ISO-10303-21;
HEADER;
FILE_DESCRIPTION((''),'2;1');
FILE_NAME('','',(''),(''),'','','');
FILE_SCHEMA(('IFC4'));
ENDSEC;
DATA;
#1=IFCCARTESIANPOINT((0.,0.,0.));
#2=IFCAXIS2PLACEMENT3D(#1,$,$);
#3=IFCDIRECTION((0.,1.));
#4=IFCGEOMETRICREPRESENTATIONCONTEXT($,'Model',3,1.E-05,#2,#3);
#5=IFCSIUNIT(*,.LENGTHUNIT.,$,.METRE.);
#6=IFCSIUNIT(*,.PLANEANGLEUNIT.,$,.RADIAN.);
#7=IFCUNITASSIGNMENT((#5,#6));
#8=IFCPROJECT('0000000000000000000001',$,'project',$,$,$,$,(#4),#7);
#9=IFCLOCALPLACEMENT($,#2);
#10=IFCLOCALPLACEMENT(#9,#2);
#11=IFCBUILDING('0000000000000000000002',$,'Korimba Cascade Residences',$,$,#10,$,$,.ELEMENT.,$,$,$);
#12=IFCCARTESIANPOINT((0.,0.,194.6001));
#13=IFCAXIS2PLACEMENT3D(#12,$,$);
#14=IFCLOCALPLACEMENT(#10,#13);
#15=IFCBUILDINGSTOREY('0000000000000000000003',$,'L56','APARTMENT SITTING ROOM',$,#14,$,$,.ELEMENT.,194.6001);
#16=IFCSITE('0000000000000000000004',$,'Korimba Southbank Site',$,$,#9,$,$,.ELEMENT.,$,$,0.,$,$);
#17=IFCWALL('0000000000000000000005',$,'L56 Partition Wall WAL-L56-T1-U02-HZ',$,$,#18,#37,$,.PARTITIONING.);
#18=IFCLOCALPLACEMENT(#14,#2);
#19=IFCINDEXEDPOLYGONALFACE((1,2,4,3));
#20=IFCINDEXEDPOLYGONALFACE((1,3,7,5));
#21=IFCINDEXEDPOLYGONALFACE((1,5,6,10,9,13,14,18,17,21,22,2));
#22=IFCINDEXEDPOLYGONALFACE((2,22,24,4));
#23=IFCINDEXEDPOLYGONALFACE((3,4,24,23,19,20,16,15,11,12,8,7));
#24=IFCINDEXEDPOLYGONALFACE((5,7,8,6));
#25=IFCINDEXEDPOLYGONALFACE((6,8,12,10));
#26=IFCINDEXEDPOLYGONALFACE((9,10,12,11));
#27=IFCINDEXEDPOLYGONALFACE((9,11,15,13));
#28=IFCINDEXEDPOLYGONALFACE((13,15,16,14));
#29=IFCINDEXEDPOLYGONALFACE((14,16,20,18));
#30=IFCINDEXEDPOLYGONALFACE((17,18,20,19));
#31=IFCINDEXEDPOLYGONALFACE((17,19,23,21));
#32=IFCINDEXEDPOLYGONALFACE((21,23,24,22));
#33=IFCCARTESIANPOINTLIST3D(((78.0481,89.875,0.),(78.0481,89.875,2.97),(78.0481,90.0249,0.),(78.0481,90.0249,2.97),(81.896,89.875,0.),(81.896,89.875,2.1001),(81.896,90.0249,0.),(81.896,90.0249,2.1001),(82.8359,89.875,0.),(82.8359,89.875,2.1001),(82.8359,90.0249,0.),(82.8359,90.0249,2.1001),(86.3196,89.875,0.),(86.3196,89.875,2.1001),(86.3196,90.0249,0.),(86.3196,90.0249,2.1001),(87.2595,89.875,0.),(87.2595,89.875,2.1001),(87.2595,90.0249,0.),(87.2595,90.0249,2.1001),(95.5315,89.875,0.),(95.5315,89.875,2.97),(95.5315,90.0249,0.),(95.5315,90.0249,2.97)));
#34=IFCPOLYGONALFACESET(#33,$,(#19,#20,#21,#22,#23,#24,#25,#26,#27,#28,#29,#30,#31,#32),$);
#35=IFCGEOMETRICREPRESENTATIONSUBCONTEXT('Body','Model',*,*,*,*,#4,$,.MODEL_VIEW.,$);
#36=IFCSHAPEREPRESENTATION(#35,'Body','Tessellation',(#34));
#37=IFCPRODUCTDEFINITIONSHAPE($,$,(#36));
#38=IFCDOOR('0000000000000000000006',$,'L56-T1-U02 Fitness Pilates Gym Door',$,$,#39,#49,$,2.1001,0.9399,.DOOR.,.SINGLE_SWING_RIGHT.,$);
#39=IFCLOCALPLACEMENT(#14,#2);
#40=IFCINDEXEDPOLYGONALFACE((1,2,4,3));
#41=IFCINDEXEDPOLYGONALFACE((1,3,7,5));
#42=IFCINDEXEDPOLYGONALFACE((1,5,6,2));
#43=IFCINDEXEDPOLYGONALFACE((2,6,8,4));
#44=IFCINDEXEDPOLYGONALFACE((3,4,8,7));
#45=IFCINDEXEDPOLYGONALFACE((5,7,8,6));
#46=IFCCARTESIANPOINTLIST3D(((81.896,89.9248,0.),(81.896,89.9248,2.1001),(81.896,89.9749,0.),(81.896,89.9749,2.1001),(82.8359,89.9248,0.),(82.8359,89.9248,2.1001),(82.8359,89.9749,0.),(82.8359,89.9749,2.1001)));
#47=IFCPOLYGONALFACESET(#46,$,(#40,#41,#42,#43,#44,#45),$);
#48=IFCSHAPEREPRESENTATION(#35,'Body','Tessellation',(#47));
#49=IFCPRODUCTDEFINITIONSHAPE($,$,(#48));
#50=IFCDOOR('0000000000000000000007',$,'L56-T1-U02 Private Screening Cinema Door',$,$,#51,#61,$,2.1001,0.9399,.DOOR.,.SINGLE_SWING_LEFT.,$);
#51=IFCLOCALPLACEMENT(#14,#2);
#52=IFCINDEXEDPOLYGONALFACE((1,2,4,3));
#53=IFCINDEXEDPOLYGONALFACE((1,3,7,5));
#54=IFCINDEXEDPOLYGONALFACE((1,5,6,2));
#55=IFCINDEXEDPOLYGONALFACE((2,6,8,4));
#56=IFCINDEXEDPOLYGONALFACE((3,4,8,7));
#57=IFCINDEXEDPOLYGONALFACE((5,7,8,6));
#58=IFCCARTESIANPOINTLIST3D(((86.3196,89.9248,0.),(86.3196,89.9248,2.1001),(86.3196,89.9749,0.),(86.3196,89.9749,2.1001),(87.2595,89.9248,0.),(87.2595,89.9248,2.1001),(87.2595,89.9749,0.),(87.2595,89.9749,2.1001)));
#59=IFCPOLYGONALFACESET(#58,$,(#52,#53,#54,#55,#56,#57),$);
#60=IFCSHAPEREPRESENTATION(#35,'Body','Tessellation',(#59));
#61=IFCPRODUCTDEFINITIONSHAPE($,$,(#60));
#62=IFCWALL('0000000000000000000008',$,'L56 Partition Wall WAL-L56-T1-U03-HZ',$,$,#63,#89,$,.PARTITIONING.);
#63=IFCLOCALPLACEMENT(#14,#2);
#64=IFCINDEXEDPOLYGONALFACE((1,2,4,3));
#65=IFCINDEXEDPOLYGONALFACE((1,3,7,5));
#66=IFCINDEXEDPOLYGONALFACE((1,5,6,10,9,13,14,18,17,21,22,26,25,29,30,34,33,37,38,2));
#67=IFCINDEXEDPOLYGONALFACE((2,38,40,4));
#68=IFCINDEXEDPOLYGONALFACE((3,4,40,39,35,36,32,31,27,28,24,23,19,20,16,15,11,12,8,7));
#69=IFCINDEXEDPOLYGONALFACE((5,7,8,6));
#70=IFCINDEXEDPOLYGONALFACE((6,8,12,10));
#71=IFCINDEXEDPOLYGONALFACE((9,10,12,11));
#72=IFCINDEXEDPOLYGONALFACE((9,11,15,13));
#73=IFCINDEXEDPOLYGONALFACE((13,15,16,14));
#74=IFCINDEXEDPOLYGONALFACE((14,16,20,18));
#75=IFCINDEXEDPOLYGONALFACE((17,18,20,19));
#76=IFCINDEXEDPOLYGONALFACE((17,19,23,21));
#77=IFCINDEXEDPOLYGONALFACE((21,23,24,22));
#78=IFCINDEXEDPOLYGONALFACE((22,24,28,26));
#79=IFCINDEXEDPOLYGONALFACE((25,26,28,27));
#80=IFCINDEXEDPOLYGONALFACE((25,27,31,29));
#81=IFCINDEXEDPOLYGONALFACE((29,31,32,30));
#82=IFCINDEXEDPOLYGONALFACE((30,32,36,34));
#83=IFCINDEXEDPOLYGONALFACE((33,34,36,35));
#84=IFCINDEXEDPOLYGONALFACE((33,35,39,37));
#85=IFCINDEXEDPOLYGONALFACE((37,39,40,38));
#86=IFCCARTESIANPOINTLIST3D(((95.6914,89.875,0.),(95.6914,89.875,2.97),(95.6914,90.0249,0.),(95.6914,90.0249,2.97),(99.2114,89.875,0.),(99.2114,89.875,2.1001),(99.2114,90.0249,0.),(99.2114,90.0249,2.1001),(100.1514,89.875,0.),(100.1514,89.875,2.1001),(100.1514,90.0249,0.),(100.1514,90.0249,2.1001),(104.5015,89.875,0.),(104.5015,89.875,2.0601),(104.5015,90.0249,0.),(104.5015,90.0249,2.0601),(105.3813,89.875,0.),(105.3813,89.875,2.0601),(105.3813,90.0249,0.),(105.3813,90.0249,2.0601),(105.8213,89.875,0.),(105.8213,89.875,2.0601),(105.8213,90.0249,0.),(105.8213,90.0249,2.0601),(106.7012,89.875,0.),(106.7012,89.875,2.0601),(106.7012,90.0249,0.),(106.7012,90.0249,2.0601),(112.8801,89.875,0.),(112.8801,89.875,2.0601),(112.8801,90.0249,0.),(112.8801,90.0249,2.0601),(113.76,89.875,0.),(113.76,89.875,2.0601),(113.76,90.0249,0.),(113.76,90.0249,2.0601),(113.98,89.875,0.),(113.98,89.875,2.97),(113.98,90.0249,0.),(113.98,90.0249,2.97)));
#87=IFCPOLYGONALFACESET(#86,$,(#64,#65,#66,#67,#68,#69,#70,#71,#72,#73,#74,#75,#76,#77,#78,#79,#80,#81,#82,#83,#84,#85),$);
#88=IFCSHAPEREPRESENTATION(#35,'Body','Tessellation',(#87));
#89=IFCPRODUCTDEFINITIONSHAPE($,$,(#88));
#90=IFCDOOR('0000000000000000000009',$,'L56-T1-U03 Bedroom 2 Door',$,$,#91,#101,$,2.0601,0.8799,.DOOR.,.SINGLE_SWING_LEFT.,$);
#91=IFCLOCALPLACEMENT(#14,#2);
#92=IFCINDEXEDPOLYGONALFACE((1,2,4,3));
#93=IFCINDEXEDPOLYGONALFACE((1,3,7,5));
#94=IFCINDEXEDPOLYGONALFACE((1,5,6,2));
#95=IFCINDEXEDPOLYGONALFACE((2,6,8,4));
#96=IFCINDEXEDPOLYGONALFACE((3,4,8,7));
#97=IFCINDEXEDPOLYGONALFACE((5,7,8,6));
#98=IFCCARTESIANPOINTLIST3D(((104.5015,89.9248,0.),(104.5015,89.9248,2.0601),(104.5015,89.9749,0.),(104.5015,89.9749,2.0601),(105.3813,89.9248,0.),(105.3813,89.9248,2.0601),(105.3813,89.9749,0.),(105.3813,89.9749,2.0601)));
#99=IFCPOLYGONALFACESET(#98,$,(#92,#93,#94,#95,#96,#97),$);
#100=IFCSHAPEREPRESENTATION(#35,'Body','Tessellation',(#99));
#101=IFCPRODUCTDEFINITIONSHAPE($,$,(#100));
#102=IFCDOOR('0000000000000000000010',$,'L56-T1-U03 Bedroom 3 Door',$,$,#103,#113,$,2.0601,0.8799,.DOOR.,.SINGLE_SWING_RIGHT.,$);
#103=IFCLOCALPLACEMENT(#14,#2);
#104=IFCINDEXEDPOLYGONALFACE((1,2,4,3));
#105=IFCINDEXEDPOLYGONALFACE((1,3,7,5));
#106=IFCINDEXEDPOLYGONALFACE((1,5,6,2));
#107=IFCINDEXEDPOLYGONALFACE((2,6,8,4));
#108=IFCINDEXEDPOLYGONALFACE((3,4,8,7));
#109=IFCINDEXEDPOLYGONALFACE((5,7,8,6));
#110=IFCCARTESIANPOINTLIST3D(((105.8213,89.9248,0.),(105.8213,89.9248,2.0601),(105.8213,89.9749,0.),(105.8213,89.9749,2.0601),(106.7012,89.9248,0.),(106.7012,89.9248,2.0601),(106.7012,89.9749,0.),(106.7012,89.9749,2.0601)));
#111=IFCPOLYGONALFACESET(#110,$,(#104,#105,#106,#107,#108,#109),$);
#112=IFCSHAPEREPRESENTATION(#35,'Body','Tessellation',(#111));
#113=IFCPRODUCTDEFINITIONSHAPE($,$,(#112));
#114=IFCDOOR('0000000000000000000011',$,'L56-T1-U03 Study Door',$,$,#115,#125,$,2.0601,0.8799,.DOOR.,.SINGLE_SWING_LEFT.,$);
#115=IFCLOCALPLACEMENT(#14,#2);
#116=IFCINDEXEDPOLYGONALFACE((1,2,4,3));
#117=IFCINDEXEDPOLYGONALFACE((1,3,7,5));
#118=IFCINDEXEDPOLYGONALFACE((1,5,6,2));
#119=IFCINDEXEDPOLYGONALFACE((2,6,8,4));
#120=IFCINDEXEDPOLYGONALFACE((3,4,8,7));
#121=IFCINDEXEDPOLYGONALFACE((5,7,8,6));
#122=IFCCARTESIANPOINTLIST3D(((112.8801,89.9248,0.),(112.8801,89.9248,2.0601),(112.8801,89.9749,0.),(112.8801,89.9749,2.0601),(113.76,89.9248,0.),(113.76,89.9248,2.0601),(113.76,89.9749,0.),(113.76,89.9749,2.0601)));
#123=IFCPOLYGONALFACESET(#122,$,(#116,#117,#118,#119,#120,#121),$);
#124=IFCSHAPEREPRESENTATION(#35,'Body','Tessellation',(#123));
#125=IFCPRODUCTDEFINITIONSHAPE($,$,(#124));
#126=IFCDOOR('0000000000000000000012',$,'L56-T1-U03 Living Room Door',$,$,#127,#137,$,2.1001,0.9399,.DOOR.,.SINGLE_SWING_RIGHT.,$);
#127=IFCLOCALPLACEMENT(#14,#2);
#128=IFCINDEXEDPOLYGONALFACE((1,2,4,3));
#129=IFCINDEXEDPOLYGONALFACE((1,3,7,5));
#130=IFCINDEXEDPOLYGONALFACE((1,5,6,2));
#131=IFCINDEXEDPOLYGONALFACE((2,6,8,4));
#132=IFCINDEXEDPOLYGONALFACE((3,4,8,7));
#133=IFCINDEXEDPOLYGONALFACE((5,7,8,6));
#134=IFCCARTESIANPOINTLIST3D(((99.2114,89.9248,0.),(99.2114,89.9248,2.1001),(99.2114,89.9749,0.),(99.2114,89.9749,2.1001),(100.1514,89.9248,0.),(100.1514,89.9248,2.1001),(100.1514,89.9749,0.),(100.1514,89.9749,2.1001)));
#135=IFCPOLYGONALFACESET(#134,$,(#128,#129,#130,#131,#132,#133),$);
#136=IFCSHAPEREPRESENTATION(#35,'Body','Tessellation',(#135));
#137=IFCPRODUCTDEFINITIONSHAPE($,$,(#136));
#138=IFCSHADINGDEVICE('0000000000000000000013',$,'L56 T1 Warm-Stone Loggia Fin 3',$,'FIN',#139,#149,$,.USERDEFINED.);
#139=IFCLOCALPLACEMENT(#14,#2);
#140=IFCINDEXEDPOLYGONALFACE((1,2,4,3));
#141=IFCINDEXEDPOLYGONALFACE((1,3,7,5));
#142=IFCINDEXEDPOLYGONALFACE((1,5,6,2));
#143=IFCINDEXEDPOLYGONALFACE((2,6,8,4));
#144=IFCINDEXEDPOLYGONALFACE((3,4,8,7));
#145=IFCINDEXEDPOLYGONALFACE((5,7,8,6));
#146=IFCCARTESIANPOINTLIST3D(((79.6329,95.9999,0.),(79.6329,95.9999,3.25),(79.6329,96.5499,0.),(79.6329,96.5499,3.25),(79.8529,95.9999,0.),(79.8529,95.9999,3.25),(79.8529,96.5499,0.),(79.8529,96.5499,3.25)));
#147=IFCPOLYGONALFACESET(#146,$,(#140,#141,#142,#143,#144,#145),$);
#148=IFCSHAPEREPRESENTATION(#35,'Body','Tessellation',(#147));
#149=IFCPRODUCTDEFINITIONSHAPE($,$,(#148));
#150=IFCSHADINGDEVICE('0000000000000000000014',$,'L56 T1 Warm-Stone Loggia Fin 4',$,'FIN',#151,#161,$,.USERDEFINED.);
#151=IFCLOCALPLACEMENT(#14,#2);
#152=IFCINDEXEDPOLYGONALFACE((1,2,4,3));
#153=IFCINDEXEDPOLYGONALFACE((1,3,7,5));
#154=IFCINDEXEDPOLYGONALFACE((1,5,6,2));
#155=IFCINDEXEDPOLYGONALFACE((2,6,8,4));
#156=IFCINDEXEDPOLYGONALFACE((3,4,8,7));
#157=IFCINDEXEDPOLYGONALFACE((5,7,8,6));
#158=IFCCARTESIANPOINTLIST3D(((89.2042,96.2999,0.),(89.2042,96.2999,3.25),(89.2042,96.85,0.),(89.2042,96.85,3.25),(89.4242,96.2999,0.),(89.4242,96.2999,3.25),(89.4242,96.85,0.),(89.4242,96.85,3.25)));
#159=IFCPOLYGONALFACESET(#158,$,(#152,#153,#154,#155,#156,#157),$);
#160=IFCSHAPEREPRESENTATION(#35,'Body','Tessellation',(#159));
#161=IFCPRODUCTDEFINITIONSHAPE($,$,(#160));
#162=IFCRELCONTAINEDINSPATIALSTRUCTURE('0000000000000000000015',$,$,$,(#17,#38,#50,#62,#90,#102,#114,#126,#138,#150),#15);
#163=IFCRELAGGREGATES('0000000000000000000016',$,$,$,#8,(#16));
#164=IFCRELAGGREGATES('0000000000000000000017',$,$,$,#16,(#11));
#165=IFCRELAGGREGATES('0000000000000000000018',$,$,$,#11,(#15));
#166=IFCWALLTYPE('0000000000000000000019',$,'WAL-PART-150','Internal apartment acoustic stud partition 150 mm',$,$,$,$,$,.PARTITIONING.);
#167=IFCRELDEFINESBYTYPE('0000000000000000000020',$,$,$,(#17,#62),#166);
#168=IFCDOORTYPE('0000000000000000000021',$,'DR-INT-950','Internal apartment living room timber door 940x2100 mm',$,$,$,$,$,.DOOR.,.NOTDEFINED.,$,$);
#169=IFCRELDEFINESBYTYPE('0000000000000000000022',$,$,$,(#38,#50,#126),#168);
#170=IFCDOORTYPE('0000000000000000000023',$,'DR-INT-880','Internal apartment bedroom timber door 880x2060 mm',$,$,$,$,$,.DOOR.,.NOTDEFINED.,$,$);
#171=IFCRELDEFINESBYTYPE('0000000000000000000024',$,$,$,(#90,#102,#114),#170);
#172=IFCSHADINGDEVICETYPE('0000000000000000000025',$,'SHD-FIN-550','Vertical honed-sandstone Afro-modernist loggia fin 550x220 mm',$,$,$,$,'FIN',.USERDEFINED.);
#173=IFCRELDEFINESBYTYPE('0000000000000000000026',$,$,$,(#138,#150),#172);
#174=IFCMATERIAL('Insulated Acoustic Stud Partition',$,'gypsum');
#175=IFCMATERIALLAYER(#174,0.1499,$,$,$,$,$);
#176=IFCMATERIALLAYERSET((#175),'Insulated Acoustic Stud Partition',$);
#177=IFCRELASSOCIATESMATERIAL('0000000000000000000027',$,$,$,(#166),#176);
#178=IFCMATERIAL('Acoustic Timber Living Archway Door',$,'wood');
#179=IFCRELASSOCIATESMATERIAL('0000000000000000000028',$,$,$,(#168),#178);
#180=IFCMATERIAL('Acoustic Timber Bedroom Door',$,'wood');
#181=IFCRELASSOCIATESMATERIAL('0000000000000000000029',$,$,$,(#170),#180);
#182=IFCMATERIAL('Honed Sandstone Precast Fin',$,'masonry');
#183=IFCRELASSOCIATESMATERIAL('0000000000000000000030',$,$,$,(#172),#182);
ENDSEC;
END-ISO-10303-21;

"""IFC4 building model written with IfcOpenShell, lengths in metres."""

from ifc_helpers import new_model, si_unit, direction, frame, frame_2d, origin, origin_2d, place, context, subcontext, project, spatial, rectangle, extrude, material, layer, layer_set, type_object, element, fill, save


model = new_model("IFC4")

# Units and contexts
model_context = context("Model", 3, precision=1e-05, world=origin(), true_north=direction((0.0, 1.0)))
body_context = subcontext(model_context, "Body", "Model", "MODEL_VIEW")
ifc_project = project(units=[si_unit("LENGTHUNIT", "METRE"), si_unit("PLANEANGLEUNIT", "RADIAN")], contexts=[model_context])

# Site, building, storey
site_placement = place(None, origin())
site = spatial("IfcSite", under=ifc_project, at=site_placement, Name="Korimba Southbank Site", CompositionType="ELEMENT", RefElevation=0.0)
building_placement = place(site_placement, origin())
building = spatial("IfcBuilding", under=site, at=building_placement, Name="Korimba Cascade Residences", CompositionType="ELEMENT")
storey_placement = place(building_placement, frame((0.0, 0.0, 194.6001)))
storey = spatial("IfcBuildingStorey", under=building, at=storey_placement, Name="L56", Description="APARTMENT SITTING ROOM", CompositionType="ELEMENT", Elevation=194.6001)

# Shared definitions
ifc_material_1 = material(Name="Insulated Acoustic Stud Partition", Category="gypsum")
ifc_layer = layer(ifc_material_1, 0.1499)
ifc_layer_set = layer_set([ifc_layer], Name="Insulated Acoustic Stud Partition")
wall_type = type_object("IfcWallType", Name="WAL-PART-150", Description="Internal apartment acoustic stud partition 150 mm", PredefinedType="PARTITIONING", material=ifc_layer_set)

# Walls, openings, doors
wall_1_placement = place(storey_placement, frame((78.0481, 89.95, 0.0), z_axis=(0.0, 0.0, 1.0), x_axis=(1.0, 0.0, 0.0)))
wall_1 = element("IfcWall", 1, at=wall_1_placement, inside=storey, type_object=wall_type, Name="L56 Partition Wall WAL-L56-T1-U02-HZ", PredefinedType="PARTITIONING", context=body_context, shape_type="SweptSolid", body=[
    extrude(rectangle(XDim=17.4834, YDim=0.1499, at=frame_2d((8.7417, 0.0))), origin(), (0.0, 0.0, 1.0), 2.97),
])
opening_1_placement = place(wall_1_placement, frame((3.8479, 0.0, 0.0)))
opening_1 = element("IfcOpeningElement", 2, at=opening_1_placement, cuts=wall_1, PredefinedType="OPENING", context=body_context, shape_type="SweptSolid", body=[
    extrude(rectangle(XDim=0.9399, YDim=2.1001, at=frame_2d((0.47, 1.05))), frame((0.0, 0.085, 0.0), z_axis=(0.0, -1.0, 0.0), x_axis=(1.0, 0.0, 0.0)), (0.0, 0.0, 1.0), 0.1699),
])
opening_2_placement = place(wall_1_placement, frame((8.2715, 0.0, 0.0)))
opening_2 = element("IfcOpeningElement", 3, at=opening_2_placement, cuts=wall_1, PredefinedType="OPENING", context=body_context, shape_type="SweptSolid", body=[
    extrude(rectangle(XDim=0.9399, YDim=2.1001, at=frame_2d((0.47, 1.05))), frame((0.0, 0.085, 0.0), z_axis=(0.0, -1.0, 0.0), x_axis=(1.0, 0.0, 0.0)), (0.0, 0.0, 1.0), 0.1699),
])
ifc_material_2 = material(Name="Acoustic Timber Living Archway Door", Category="wood")
door_type_1 = type_object("IfcDoorType", Name="DR-INT-950", Description="Internal apartment living room timber door 940x2100 mm", OperationType="NOTDEFINED", PredefinedType="DOOR", material=ifc_material_2)
door_1_placement = place(opening_1_placement, origin())
door_1 = element("IfcDoor", 4, at=door_1_placement, inside=storey, type_object=door_type_1, Name="L56-T1-U02 Fitness Pilates Gym Door", OperationType="SINGLE_SWING_RIGHT", OverallHeight=2.1001, OverallWidth=0.9399, PredefinedType="DOOR", context=body_context, shape_type="SweptSolid", body=[
    extrude(rectangle(XDim=0.9399, YDim=2.1001, at=frame_2d((0.47, 1.05))), frame((0.0, 0.0249, 0.0), z_axis=(0.0, -1.0, 0.0), x_axis=(1.0, 0.0, 0.0)), (0.0, 0.0, 1.0), 0.05),
])
fill(opening_1, door_1)
door_2_placement = place(opening_2_placement, origin())
door_2 = element("IfcDoor", 5, at=door_2_placement, inside=storey, type_object=door_type_1, Name="L56-T1-U02 Private Screening Cinema Door", OperationType="SINGLE_SWING_LEFT", OverallHeight=2.1001, OverallWidth=0.9399, PredefinedType="DOOR", context=body_context, shape_type="SweptSolid", body=[
    extrude(rectangle(XDim=0.9399, YDim=2.1001, at=frame_2d((0.47, 1.05))), frame((0.0, 0.0249, 0.0), z_axis=(0.0, -1.0, 0.0), x_axis=(1.0, 0.0, 0.0)), (0.0, 0.0, 1.0), 0.05),
])
fill(opening_2, door_2)
wall_2_placement = place(storey_placement, frame((95.6914, 89.95, 0.0), z_axis=(0.0, 0.0, 1.0), x_axis=(1.0, 0.0, 0.0)))
wall_2 = element("IfcWall", 6, at=wall_2_placement, inside=storey, type_object=wall_type, Name="L56 Partition Wall WAL-L56-T1-U03-HZ", PredefinedType="PARTITIONING", context=body_context, shape_type="SweptSolid", body=[
    extrude(rectangle(XDim=18.2886, YDim=0.1499, at=frame_2d((9.1443, 0.0))), origin(), (0.0, 0.0, 1.0), 2.97),
])
opening_3_placement = place(wall_2_placement, frame((3.52, 0.0, 0.0)))
opening_3 = element("IfcOpeningElement", 7, at=opening_3_placement, cuts=wall_2, PredefinedType="OPENING", context=body_context, shape_type="SweptSolid", body=[
    extrude(rectangle(XDim=0.9399, YDim=2.1001, at=frame_2d((0.47, 1.05))), frame((0.0, 0.085, 0.0), z_axis=(0.0, -1.0, 0.0), x_axis=(1.0, 0.0, 0.0)), (0.0, 0.0, 1.0), 0.1699),
])
opening_4_placement = place(wall_2_placement, frame((8.8101, 0.0, 0.0)))
opening_4 = element("IfcOpeningElement", 8, at=opening_4_placement, cuts=wall_2, PredefinedType="OPENING", context=body_context, shape_type="SweptSolid", body=[
    extrude(rectangle(XDim=0.8799, YDim=2.0601, at=frame_2d((0.4399, 1.03))), frame((0.0, 0.085, 0.0), z_axis=(0.0, -1.0, 0.0), x_axis=(1.0, 0.0, 0.0)), (0.0, 0.0, 1.0), 0.1699),
])
opening_5_placement = place(wall_2_placement, frame((10.1299, 0.0, 0.0)))
opening_5 = element("IfcOpeningElement", 9, at=opening_5_placement, cuts=wall_2, PredefinedType="OPENING", context=body_context, shape_type="SweptSolid", body=[
    extrude(rectangle(XDim=0.8799, YDim=2.0601, at=frame_2d((0.4399, 1.03))), frame((0.0, 0.085, 0.0), z_axis=(0.0, -1.0, 0.0), x_axis=(1.0, 0.0, 0.0)), (0.0, 0.0, 1.0), 0.1699),
])
opening_6_placement = place(wall_2_placement, frame((17.1887, 0.0, 0.0)))
opening_6 = element("IfcOpeningElement", 10, at=opening_6_placement, cuts=wall_2, PredefinedType="OPENING", context=body_context, shape_type="SweptSolid", body=[
    extrude(rectangle(XDim=0.8799, YDim=2.0601, at=frame_2d((0.4399, 1.03))), frame((0.0, 0.085, 0.0), z_axis=(0.0, -1.0, 0.0), x_axis=(1.0, 0.0, 0.0)), (0.0, 0.0, 1.0), 0.1699),
])
ifc_material_3 = material(Name="Acoustic Timber Bedroom Door", Category="wood")
door_type_2 = type_object("IfcDoorType", Name="DR-INT-880", Description="Internal apartment bedroom timber door 880x2060 mm", OperationType="NOTDEFINED", PredefinedType="DOOR", material=ifc_material_3)
door_3_placement = place(opening_4_placement, origin())
door_3 = element("IfcDoor", 11, at=door_3_placement, inside=storey, type_object=door_type_2, Name="L56-T1-U03 Bedroom 2 Door", OperationType="SINGLE_SWING_LEFT", OverallHeight=2.0601, OverallWidth=0.8799, PredefinedType="DOOR", context=body_context, shape_type="SweptSolid", body=[
    extrude(rectangle(XDim=0.8799, YDim=2.0601, at=frame_2d((0.4399, 1.03))), frame((0.0, 0.0249, 0.0), z_axis=(0.0, -1.0, 0.0), x_axis=(1.0, 0.0, 0.0)), (0.0, 0.0, 1.0), 0.05),
])
fill(opening_4, door_3)
door_4_placement = place(opening_5_placement, origin())
door_4 = element("IfcDoor", 12, at=door_4_placement, inside=storey, type_object=door_type_2, Name="L56-T1-U03 Bedroom 3 Door", OperationType="SINGLE_SWING_RIGHT", OverallHeight=2.0601, OverallWidth=0.8799, PredefinedType="DOOR", context=body_context, shape_type="SweptSolid", body=[
    extrude(rectangle(XDim=0.8799, YDim=2.0601, at=frame_2d((0.4399, 1.03))), frame((0.0, 0.0249, 0.0), z_axis=(0.0, -1.0, 0.0), x_axis=(1.0, 0.0, 0.0)), (0.0, 0.0, 1.0), 0.05),
])
fill(opening_5, door_4)
door_5_placement = place(opening_6_placement, origin())
door_5 = element("IfcDoor", 13, at=door_5_placement, inside=storey, type_object=door_type_2, Name="L56-T1-U03 Study Door", OperationType="SINGLE_SWING_LEFT", OverallHeight=2.0601, OverallWidth=0.8799, PredefinedType="DOOR", context=body_context, shape_type="SweptSolid", body=[
    extrude(rectangle(XDim=0.8799, YDim=2.0601, at=frame_2d((0.4399, 1.03))), frame((0.0, 0.0249, 0.0), z_axis=(0.0, -1.0, 0.0), x_axis=(1.0, 0.0, 0.0)), (0.0, 0.0, 1.0), 0.05),
])
fill(opening_6, door_5)
door_6_placement = place(opening_3_placement, origin())
door_6 = element("IfcDoor", 14, at=door_6_placement, inside=storey, type_object=door_type_1, Name="L56-T1-U03 Living Room Door", OperationType="SINGLE_SWING_RIGHT", OverallHeight=2.1001, OverallWidth=0.9399, PredefinedType="DOOR", context=body_context, shape_type="SweptSolid", body=[
    extrude(rectangle(XDim=0.9399, YDim=2.1001, at=frame_2d((0.47, 1.05))), frame((0.0, 0.0249, 0.0), z_axis=(0.0, -1.0, 0.0), x_axis=(1.0, 0.0, 0.0)), (0.0, 0.0, 1.0), 0.05),
])
fill(opening_3, door_6)

# Shading devices
ifc_material_4 = material(Name="Honed Sandstone Precast Fin", Category="masonry")
shading_device_type = type_object("IfcShadingDeviceType", Name="SHD-FIN-550", Description="Vertical honed-sandstone Afro-modernist loggia fin 550x220 mm", ElementType="FIN", PredefinedType="USERDEFINED", material=ifc_material_4)
for number, where, z_axis, x_axis, name in (
    (15, (79.7429, 96.2749, 0.0), (0.0, 0.0, 1.0), (1.0, 0.0, 0.0), "L56 T1 Warm-Stone Loggia Fin 3"),
    (16, (89.3142, 96.575, 0.0), (0.0, 0.0, 1.0), (1.0, 0.0, 0.0), "L56 T1 Warm-Stone Loggia Fin 4"),
):
    element("IfcShadingDevice", number, at=place(storey_placement, frame(where, z_axis=z_axis, x_axis=x_axis)), inside=storey, type_object=shading_device_type, Name=name, ObjectType="FIN", PredefinedType="USERDEFINED", context=body_context, shape_type="SweptSolid", body=[
        extrude(rectangle(XDim=0.22, YDim=0.55, at=origin_2d()), origin(), (0.0, 0.0, 1.0), 3.25),
    ])

save(model, "model.ifc")
